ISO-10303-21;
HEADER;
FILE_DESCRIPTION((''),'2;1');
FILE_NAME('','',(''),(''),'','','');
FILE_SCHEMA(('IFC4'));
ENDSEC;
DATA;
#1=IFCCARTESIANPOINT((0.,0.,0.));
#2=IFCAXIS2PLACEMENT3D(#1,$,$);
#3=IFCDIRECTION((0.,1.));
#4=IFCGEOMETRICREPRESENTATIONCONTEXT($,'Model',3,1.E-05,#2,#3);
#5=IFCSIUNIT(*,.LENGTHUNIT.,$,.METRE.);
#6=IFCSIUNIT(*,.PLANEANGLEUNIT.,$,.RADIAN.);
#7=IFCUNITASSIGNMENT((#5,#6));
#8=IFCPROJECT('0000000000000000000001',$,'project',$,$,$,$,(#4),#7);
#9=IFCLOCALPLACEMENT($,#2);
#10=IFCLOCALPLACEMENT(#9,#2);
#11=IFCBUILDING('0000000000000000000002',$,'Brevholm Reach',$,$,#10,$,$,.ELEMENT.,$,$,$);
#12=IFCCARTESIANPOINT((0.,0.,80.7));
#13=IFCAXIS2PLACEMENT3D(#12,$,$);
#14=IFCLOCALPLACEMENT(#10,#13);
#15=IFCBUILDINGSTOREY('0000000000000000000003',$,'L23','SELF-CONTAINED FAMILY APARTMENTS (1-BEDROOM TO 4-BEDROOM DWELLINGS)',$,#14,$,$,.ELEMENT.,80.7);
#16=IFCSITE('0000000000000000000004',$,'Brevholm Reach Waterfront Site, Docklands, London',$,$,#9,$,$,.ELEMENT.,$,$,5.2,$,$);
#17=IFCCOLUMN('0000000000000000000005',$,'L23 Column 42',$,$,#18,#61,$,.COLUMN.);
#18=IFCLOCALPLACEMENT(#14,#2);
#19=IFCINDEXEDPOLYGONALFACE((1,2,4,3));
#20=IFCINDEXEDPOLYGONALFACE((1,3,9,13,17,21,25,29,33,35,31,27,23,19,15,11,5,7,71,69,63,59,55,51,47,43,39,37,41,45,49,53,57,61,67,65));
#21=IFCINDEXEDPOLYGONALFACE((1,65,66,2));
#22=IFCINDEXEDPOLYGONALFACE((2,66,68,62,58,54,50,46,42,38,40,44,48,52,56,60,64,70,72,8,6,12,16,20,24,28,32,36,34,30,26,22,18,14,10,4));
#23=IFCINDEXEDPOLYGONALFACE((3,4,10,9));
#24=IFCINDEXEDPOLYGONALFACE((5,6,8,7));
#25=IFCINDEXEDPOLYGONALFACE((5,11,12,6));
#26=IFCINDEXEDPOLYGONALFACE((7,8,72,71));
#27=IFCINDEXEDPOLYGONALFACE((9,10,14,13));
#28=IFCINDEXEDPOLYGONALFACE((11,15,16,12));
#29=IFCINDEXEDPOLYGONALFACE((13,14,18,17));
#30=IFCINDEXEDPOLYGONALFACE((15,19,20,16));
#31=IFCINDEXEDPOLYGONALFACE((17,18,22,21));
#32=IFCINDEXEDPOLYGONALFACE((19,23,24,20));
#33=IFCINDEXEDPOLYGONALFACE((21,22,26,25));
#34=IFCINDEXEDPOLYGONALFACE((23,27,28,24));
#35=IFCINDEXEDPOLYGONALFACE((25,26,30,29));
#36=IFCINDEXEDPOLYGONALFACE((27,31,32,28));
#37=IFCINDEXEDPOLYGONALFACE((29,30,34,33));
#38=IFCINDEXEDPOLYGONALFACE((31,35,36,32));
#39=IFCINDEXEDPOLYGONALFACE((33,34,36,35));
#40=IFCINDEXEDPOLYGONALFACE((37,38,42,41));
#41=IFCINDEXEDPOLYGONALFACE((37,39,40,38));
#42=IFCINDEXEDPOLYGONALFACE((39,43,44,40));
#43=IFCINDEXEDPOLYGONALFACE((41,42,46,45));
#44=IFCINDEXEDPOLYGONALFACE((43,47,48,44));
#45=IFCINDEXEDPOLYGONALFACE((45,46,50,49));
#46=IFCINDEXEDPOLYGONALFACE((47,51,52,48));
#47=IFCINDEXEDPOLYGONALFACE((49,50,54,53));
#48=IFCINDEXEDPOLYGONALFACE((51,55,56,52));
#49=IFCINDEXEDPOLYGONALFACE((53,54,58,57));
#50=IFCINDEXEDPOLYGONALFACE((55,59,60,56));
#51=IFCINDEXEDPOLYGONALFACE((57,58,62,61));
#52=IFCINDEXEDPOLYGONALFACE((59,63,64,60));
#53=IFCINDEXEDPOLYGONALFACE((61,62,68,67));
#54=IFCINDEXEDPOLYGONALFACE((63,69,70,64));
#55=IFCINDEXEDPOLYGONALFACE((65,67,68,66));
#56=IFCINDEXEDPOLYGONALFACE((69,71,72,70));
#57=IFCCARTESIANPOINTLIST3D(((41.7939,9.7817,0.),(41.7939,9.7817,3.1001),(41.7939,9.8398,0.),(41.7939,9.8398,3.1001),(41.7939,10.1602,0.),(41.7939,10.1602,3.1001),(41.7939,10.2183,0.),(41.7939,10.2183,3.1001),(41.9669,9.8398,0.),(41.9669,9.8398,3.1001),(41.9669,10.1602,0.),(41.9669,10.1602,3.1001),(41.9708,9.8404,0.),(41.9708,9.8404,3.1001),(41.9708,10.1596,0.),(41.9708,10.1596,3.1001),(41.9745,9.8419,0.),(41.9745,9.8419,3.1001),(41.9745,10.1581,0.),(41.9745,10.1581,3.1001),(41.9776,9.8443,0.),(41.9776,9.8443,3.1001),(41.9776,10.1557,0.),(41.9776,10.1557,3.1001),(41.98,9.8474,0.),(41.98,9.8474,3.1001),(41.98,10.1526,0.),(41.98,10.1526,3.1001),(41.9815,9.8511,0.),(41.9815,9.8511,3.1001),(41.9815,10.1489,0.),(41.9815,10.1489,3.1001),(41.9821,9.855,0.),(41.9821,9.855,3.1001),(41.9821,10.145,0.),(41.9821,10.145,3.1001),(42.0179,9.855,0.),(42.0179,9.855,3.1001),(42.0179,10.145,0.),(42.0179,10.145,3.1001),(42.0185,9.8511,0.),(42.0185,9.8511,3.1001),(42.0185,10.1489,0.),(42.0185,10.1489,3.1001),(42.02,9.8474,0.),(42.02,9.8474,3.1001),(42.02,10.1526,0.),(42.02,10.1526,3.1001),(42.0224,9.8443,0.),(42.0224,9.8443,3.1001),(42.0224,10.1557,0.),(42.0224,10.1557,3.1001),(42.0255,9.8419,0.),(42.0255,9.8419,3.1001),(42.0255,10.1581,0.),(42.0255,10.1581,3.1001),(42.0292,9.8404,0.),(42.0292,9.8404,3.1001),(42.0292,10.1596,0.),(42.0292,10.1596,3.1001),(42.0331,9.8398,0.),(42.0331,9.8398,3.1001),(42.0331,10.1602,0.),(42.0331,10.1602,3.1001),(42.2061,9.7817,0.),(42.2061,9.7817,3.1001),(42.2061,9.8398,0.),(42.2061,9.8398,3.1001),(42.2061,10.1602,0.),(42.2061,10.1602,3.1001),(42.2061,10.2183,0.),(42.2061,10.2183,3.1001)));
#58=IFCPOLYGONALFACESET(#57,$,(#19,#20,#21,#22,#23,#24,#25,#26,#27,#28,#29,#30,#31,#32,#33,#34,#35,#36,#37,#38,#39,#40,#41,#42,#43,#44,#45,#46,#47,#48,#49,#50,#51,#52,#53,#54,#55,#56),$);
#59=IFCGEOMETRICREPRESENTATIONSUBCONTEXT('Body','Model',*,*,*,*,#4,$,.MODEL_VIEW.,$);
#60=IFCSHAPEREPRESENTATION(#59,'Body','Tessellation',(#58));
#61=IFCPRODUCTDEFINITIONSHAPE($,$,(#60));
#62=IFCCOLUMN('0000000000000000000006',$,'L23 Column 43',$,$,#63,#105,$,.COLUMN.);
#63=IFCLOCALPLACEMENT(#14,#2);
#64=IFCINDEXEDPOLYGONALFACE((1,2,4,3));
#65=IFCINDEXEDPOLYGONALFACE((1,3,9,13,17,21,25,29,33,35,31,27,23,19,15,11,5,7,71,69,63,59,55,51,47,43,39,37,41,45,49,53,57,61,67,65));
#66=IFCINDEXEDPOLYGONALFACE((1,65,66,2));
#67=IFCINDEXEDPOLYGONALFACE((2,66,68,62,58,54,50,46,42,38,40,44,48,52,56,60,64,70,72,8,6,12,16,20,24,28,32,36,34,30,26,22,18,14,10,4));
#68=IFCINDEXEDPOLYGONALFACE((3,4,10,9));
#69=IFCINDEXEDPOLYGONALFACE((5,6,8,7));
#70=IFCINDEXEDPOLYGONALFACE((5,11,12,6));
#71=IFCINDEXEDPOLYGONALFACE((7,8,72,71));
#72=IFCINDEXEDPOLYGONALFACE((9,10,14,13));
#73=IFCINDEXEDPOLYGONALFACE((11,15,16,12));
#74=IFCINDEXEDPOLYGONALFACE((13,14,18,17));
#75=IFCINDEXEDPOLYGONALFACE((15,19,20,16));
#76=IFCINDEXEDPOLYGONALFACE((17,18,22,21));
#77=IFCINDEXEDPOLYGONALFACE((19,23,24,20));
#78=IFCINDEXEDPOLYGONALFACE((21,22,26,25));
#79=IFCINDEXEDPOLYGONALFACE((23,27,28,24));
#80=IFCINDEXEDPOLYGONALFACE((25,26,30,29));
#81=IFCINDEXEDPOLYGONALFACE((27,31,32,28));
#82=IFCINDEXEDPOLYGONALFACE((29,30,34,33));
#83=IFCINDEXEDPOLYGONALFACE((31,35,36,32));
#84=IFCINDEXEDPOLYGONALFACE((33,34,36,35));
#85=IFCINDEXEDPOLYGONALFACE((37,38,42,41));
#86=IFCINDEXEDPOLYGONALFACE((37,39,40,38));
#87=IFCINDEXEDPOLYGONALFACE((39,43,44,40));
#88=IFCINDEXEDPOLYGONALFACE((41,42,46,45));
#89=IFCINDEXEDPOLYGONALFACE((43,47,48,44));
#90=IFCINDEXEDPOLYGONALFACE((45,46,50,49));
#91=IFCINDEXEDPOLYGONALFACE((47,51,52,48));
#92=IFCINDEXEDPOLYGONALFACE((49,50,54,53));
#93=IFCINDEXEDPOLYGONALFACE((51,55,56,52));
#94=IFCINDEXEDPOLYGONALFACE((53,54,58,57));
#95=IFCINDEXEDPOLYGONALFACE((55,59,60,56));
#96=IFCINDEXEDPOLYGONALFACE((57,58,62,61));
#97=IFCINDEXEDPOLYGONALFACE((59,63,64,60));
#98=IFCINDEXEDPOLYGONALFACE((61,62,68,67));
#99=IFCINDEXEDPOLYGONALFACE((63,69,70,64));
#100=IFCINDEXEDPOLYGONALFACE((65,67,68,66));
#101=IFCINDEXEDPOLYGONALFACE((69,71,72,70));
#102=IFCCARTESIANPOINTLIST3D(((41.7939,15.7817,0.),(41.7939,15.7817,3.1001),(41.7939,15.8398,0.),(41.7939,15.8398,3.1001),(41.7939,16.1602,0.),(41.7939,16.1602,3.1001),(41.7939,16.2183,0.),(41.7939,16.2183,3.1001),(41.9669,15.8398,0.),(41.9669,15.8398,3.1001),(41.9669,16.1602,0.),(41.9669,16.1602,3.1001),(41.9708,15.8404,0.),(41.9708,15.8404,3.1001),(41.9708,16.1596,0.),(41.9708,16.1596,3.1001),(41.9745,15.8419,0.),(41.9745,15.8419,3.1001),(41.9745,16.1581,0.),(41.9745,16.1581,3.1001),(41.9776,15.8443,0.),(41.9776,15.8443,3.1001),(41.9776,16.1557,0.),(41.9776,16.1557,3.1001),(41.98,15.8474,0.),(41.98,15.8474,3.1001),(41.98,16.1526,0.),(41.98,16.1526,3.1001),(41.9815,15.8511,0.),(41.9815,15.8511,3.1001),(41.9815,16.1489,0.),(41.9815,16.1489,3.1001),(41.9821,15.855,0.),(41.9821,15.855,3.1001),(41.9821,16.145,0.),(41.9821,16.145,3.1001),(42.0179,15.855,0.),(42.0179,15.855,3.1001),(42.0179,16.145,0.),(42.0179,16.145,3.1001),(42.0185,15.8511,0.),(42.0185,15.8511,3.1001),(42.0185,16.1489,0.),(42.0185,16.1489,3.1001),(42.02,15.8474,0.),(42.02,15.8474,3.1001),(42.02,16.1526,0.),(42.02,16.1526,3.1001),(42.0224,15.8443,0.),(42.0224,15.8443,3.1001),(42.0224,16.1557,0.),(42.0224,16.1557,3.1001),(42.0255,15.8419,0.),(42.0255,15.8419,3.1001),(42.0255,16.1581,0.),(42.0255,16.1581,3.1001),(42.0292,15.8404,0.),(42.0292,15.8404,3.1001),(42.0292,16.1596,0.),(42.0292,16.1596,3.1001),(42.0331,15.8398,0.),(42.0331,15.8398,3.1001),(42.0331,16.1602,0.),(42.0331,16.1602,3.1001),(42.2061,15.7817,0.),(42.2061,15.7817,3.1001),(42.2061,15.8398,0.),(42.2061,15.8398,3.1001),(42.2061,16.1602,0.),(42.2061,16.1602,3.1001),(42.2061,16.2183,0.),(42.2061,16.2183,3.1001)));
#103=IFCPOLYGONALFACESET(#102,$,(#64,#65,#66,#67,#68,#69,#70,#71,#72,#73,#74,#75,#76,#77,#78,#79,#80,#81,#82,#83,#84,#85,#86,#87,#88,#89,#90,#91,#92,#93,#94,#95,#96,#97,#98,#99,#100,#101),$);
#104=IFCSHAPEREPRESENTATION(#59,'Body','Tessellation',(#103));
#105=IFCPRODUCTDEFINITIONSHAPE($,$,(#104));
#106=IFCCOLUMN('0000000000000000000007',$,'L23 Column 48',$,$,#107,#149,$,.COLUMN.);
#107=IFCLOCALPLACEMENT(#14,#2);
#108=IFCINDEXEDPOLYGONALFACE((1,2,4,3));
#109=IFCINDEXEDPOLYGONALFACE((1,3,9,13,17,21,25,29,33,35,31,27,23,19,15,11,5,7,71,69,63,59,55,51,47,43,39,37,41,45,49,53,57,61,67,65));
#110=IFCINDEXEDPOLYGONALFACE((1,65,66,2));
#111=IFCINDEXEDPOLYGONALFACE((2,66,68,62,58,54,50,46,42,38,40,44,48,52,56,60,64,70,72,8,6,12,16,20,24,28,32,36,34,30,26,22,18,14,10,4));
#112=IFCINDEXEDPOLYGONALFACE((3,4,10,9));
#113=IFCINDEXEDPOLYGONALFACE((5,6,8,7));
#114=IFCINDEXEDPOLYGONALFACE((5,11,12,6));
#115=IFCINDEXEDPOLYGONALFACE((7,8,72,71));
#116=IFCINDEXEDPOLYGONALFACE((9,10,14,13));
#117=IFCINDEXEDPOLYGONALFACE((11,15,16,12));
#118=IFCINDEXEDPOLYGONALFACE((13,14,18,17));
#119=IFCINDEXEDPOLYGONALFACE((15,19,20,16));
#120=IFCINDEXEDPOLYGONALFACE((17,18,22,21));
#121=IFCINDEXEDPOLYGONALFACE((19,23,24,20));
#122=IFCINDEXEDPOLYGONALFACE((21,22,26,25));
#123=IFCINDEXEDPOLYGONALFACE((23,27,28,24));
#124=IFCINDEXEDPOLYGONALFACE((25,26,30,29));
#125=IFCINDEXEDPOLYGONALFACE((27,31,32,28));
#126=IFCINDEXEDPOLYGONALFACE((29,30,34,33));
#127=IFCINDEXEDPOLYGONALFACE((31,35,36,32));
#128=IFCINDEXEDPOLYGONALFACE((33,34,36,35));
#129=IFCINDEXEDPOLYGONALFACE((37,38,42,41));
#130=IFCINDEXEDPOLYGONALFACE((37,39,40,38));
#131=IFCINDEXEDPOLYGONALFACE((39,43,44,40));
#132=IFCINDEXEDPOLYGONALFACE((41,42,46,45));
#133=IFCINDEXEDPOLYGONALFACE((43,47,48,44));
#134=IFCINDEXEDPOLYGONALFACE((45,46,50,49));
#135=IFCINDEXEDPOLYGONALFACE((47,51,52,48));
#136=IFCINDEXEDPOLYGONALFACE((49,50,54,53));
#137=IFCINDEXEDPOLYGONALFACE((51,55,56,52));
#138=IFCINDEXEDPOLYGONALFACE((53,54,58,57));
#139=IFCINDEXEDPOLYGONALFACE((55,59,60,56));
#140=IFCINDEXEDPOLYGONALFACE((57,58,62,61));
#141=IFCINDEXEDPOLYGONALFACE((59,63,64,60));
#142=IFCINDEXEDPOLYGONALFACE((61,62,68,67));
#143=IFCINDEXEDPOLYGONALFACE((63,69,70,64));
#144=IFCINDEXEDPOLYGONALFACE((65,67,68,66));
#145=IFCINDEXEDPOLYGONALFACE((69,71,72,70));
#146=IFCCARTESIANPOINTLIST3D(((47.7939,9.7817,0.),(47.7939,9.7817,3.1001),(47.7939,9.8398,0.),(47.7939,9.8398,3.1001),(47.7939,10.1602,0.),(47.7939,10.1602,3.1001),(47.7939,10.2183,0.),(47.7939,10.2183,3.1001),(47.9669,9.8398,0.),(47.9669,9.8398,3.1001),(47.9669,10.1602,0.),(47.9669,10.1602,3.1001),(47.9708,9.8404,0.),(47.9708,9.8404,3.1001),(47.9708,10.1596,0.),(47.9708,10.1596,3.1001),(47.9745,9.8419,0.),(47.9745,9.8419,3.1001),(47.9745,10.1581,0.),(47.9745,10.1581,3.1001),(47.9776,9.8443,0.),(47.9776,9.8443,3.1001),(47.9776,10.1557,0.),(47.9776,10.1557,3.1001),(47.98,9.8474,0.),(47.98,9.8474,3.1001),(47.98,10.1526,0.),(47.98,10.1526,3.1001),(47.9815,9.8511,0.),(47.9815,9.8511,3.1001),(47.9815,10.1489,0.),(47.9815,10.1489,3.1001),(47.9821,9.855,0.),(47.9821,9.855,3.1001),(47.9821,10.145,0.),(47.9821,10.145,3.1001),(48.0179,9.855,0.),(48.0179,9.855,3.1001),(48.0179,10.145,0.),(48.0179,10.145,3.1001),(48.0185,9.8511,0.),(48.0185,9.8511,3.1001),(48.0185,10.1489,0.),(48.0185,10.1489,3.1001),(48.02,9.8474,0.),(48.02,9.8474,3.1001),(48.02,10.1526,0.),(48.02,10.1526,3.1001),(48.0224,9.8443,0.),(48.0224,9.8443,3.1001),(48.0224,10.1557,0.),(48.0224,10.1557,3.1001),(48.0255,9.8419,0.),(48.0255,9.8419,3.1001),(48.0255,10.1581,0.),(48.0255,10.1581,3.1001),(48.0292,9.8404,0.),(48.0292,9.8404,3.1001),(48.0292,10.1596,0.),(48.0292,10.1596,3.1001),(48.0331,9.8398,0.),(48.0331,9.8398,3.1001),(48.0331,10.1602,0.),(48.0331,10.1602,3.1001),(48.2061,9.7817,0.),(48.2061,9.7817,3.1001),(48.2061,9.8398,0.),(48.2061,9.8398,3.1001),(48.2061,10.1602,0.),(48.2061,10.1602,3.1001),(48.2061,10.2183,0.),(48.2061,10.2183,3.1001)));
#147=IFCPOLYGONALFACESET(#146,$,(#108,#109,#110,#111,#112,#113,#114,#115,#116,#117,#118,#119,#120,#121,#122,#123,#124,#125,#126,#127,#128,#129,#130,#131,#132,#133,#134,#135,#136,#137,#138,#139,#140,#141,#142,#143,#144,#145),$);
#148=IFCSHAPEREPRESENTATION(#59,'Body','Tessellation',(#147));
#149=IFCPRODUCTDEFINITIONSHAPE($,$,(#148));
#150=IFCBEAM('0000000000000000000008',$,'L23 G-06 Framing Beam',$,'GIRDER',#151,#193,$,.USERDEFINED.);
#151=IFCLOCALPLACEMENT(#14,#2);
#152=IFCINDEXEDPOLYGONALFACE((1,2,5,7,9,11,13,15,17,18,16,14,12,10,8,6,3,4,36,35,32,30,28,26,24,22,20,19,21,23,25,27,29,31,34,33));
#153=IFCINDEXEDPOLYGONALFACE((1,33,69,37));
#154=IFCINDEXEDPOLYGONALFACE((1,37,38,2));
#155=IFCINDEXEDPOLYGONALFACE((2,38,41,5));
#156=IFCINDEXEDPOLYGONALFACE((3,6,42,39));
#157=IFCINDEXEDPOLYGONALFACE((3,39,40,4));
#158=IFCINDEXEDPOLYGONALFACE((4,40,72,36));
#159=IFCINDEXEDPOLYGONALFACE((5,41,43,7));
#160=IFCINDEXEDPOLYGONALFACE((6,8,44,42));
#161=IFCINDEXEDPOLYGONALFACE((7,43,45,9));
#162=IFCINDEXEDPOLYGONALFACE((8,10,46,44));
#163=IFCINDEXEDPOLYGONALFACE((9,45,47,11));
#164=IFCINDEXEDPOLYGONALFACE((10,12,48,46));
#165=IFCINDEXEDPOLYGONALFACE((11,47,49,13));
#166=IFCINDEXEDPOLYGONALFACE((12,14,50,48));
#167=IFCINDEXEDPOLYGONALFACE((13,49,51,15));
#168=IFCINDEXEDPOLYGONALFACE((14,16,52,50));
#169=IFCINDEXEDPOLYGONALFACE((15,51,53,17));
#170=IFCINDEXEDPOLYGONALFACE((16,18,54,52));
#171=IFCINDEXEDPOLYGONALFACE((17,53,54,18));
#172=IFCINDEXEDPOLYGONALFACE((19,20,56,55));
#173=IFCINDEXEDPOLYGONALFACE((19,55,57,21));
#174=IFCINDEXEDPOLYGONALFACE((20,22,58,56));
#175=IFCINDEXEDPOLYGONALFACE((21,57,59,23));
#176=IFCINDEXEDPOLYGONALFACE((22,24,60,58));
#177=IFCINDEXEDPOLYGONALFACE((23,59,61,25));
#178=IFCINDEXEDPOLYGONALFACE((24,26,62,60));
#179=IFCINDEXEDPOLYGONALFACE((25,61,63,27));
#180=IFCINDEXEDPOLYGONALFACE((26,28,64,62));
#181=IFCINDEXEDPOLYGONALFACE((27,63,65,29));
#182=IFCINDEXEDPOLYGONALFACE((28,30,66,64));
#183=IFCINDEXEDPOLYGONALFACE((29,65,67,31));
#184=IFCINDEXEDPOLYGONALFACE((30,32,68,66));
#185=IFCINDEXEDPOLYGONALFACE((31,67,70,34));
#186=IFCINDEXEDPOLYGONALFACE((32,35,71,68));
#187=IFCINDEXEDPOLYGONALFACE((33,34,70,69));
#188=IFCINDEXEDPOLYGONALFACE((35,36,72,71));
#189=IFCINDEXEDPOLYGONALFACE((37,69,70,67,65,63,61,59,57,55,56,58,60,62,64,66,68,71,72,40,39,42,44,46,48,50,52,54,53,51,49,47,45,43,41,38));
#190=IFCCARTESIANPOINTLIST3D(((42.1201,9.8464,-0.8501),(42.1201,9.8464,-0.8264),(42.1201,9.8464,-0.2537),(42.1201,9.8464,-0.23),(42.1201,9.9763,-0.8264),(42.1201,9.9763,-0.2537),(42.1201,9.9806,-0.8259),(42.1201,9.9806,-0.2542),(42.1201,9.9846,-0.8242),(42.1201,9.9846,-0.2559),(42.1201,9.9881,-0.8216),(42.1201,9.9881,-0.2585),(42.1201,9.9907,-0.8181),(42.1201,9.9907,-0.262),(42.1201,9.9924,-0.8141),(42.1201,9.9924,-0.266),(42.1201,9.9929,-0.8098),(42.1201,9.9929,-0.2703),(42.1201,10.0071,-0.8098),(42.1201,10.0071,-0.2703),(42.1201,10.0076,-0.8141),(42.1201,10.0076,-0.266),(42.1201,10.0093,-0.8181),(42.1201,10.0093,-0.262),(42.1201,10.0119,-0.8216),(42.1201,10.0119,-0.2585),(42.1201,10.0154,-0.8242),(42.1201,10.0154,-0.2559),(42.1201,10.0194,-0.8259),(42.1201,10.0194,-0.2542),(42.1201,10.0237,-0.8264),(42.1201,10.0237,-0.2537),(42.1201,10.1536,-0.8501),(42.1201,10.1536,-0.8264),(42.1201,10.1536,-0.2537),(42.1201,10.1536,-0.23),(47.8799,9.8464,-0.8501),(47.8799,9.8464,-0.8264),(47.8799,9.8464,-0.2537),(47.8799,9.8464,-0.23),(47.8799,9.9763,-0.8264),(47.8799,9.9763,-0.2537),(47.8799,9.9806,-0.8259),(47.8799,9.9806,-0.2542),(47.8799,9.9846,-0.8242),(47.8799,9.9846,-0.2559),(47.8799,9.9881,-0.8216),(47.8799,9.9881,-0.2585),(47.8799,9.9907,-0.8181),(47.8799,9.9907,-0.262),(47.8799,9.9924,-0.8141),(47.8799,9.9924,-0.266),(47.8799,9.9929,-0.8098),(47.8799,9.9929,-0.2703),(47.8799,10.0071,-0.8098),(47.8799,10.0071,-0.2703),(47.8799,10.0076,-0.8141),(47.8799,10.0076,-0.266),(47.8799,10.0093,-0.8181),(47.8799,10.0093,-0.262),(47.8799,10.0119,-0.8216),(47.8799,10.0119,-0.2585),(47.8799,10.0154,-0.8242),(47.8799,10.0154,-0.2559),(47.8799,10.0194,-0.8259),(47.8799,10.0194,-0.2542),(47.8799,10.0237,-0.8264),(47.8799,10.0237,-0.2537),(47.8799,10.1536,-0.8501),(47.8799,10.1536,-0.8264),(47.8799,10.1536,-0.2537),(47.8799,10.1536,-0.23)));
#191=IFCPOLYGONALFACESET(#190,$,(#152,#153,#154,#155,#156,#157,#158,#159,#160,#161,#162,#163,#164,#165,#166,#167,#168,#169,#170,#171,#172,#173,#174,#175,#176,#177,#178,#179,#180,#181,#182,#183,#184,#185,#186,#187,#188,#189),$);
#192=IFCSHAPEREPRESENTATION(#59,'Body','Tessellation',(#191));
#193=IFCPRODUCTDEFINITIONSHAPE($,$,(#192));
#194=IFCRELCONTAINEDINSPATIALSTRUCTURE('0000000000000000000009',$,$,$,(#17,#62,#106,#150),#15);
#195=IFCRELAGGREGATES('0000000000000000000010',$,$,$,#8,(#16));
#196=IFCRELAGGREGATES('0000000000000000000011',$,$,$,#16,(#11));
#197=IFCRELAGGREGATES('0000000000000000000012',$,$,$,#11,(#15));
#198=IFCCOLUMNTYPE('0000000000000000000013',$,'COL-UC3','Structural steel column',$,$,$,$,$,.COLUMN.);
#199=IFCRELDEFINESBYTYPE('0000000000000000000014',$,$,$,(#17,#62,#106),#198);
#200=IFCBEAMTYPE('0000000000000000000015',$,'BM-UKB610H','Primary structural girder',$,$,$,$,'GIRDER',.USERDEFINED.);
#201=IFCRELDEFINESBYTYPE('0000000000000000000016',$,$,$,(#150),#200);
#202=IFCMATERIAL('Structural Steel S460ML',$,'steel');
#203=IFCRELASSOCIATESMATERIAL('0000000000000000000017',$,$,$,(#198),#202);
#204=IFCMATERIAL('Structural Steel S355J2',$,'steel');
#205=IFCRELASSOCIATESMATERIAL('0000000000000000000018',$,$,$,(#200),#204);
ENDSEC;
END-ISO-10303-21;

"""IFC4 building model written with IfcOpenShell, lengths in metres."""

from ifc_helpers import new_model, si_unit, direction, frame, origin, origin_2d, place, context, subcontext, project, spatial, i_section, extrude, material, material_profile, profile_set, type_object, element, save


model = new_model("IFC4")

# Units and contexts
model_context = context("Model", 3, precision=1e-05, world=origin(), true_north=direction((0.0, 1.0)))
body_context = subcontext(model_context, "Body", "Model", "MODEL_VIEW")
ifc_project = project(units=[si_unit("LENGTHUNIT", "METRE"), si_unit("PLANEANGLEUNIT", "RADIAN")], contexts=[model_context])

# Site, building, storey
site_placement = place(None, origin())
site = spatial("IfcSite", under=ifc_project, at=site_placement, Name="Brevholm Reach Waterfront Site, Docklands, London", CompositionType="ELEMENT", RefElevation=5.2)
building_placement = place(site_placement, origin())
building = spatial("IfcBuilding", under=site, at=building_placement, Name="Brevholm Reach", CompositionType="ELEMENT")
storey_placement = place(building_placement, frame((0.0, 0.0, 80.7)))
storey = spatial("IfcBuildingStorey", under=building, at=storey_placement, Name="L23", Description="SELF-CONTAINED FAMILY APARTMENTS (1-BEDROOM TO 4-BEDROOM DWELLINGS)", CompositionType="ELEMENT", Elevation=80.7)

# Columns
ifc_material_1 = material(Name="Structural Steel S460ML", Category="steel")
ifc_material_profile_1 = material_profile(ifc_material_1, i_section(OverallWidth=0.4121, OverallDepth=0.4365, WebThickness=0.0359, FlangeThickness=0.0581, FilletRadius=0.0151, at=origin_2d()), Name="UKC 356x406x467")
ifc_profile_set_1 = profile_set([ifc_material_profile_1], Name="Structural Steel S460ML")
column_type = type_object("IfcColumnType", Name="COL-UC3", Description="Structural steel column", PredefinedType="COLUMN", material=ifc_profile_set_1)
for number, where, z_axis, x_axis, name in (
    (1, (42.0, 10.0, 0.0), (0.0, 0.0, 1.0), (1.0, 0.0, 0.0), "L23 Column 42"),
    (2, (42.0, 16.0, 0.0), (0.0, 0.0, 1.0), (1.0, 0.0, 0.0), "L23 Column 43"),
    (3, (48.0, 10.0, 0.0), (0.0, 0.0, 1.0), (1.0, 0.0, 0.0), "L23 Column 48"),
):
    element("IfcColumn", number, at=place(storey_placement, frame(where, z_axis=z_axis, x_axis=x_axis)), inside=storey, type_object=column_type, Name=name, PredefinedType="COLUMN", context=body_context, shape_type="SweptSolid", body=[
        extrude(i_section(OverallWidth=0.4121, OverallDepth=0.4365, WebThickness=0.0359, FlangeThickness=0.0581, FilletRadius=0.0151, at=origin_2d()), origin(), (0.0, 0.0, 1.0), 3.1001),
    ])

# Beam
ifc_material_2 = material(Name="Structural Steel S355J2", Category="steel")
ifc_material_profile_2 = material_profile(ifc_material_2, i_section(OverallWidth=0.3071, OverallDepth=0.6201, WebThickness=0.0142, FlangeThickness=0.0237, FilletRadius=0.0166, at=origin_2d()), Name="UKB 610x305x179")
ifc_profile_set_2 = profile_set([ifc_material_profile_2], Name="Structural Steel S355J2")
beam_type = type_object("IfcBeamType", Name="BM-UKB610H", Description="Primary structural girder", ElementType="GIRDER", PredefinedType="USERDEFINED", material=ifc_profile_set_2)
for number, where, z_axis, x_axis, name in (
    (4, (42.1201, 10.0, -0.54), (1.0, 0.0, 0.0), (0.0, 1.0, 0.0), "L23 G-06 Framing Beam"),
):
    element("IfcBeam", number, at=place(storey_placement, frame(where, z_axis=z_axis, x_axis=x_axis)), inside=storey, type_object=beam_type, Name=name, ObjectType="GIRDER", PredefinedType="USERDEFINED", context=body_context, shape_type="SweptSolid", body=[
        extrude(i_section(OverallWidth=0.3071, OverallDepth=0.6201, WebThickness=0.0142, FlangeThickness=0.0237, FilletRadius=0.0166, at=origin_2d()), origin(), (0.0, 0.0, 1.0), 5.7598),
    ])

save(model, "model.ifc")
